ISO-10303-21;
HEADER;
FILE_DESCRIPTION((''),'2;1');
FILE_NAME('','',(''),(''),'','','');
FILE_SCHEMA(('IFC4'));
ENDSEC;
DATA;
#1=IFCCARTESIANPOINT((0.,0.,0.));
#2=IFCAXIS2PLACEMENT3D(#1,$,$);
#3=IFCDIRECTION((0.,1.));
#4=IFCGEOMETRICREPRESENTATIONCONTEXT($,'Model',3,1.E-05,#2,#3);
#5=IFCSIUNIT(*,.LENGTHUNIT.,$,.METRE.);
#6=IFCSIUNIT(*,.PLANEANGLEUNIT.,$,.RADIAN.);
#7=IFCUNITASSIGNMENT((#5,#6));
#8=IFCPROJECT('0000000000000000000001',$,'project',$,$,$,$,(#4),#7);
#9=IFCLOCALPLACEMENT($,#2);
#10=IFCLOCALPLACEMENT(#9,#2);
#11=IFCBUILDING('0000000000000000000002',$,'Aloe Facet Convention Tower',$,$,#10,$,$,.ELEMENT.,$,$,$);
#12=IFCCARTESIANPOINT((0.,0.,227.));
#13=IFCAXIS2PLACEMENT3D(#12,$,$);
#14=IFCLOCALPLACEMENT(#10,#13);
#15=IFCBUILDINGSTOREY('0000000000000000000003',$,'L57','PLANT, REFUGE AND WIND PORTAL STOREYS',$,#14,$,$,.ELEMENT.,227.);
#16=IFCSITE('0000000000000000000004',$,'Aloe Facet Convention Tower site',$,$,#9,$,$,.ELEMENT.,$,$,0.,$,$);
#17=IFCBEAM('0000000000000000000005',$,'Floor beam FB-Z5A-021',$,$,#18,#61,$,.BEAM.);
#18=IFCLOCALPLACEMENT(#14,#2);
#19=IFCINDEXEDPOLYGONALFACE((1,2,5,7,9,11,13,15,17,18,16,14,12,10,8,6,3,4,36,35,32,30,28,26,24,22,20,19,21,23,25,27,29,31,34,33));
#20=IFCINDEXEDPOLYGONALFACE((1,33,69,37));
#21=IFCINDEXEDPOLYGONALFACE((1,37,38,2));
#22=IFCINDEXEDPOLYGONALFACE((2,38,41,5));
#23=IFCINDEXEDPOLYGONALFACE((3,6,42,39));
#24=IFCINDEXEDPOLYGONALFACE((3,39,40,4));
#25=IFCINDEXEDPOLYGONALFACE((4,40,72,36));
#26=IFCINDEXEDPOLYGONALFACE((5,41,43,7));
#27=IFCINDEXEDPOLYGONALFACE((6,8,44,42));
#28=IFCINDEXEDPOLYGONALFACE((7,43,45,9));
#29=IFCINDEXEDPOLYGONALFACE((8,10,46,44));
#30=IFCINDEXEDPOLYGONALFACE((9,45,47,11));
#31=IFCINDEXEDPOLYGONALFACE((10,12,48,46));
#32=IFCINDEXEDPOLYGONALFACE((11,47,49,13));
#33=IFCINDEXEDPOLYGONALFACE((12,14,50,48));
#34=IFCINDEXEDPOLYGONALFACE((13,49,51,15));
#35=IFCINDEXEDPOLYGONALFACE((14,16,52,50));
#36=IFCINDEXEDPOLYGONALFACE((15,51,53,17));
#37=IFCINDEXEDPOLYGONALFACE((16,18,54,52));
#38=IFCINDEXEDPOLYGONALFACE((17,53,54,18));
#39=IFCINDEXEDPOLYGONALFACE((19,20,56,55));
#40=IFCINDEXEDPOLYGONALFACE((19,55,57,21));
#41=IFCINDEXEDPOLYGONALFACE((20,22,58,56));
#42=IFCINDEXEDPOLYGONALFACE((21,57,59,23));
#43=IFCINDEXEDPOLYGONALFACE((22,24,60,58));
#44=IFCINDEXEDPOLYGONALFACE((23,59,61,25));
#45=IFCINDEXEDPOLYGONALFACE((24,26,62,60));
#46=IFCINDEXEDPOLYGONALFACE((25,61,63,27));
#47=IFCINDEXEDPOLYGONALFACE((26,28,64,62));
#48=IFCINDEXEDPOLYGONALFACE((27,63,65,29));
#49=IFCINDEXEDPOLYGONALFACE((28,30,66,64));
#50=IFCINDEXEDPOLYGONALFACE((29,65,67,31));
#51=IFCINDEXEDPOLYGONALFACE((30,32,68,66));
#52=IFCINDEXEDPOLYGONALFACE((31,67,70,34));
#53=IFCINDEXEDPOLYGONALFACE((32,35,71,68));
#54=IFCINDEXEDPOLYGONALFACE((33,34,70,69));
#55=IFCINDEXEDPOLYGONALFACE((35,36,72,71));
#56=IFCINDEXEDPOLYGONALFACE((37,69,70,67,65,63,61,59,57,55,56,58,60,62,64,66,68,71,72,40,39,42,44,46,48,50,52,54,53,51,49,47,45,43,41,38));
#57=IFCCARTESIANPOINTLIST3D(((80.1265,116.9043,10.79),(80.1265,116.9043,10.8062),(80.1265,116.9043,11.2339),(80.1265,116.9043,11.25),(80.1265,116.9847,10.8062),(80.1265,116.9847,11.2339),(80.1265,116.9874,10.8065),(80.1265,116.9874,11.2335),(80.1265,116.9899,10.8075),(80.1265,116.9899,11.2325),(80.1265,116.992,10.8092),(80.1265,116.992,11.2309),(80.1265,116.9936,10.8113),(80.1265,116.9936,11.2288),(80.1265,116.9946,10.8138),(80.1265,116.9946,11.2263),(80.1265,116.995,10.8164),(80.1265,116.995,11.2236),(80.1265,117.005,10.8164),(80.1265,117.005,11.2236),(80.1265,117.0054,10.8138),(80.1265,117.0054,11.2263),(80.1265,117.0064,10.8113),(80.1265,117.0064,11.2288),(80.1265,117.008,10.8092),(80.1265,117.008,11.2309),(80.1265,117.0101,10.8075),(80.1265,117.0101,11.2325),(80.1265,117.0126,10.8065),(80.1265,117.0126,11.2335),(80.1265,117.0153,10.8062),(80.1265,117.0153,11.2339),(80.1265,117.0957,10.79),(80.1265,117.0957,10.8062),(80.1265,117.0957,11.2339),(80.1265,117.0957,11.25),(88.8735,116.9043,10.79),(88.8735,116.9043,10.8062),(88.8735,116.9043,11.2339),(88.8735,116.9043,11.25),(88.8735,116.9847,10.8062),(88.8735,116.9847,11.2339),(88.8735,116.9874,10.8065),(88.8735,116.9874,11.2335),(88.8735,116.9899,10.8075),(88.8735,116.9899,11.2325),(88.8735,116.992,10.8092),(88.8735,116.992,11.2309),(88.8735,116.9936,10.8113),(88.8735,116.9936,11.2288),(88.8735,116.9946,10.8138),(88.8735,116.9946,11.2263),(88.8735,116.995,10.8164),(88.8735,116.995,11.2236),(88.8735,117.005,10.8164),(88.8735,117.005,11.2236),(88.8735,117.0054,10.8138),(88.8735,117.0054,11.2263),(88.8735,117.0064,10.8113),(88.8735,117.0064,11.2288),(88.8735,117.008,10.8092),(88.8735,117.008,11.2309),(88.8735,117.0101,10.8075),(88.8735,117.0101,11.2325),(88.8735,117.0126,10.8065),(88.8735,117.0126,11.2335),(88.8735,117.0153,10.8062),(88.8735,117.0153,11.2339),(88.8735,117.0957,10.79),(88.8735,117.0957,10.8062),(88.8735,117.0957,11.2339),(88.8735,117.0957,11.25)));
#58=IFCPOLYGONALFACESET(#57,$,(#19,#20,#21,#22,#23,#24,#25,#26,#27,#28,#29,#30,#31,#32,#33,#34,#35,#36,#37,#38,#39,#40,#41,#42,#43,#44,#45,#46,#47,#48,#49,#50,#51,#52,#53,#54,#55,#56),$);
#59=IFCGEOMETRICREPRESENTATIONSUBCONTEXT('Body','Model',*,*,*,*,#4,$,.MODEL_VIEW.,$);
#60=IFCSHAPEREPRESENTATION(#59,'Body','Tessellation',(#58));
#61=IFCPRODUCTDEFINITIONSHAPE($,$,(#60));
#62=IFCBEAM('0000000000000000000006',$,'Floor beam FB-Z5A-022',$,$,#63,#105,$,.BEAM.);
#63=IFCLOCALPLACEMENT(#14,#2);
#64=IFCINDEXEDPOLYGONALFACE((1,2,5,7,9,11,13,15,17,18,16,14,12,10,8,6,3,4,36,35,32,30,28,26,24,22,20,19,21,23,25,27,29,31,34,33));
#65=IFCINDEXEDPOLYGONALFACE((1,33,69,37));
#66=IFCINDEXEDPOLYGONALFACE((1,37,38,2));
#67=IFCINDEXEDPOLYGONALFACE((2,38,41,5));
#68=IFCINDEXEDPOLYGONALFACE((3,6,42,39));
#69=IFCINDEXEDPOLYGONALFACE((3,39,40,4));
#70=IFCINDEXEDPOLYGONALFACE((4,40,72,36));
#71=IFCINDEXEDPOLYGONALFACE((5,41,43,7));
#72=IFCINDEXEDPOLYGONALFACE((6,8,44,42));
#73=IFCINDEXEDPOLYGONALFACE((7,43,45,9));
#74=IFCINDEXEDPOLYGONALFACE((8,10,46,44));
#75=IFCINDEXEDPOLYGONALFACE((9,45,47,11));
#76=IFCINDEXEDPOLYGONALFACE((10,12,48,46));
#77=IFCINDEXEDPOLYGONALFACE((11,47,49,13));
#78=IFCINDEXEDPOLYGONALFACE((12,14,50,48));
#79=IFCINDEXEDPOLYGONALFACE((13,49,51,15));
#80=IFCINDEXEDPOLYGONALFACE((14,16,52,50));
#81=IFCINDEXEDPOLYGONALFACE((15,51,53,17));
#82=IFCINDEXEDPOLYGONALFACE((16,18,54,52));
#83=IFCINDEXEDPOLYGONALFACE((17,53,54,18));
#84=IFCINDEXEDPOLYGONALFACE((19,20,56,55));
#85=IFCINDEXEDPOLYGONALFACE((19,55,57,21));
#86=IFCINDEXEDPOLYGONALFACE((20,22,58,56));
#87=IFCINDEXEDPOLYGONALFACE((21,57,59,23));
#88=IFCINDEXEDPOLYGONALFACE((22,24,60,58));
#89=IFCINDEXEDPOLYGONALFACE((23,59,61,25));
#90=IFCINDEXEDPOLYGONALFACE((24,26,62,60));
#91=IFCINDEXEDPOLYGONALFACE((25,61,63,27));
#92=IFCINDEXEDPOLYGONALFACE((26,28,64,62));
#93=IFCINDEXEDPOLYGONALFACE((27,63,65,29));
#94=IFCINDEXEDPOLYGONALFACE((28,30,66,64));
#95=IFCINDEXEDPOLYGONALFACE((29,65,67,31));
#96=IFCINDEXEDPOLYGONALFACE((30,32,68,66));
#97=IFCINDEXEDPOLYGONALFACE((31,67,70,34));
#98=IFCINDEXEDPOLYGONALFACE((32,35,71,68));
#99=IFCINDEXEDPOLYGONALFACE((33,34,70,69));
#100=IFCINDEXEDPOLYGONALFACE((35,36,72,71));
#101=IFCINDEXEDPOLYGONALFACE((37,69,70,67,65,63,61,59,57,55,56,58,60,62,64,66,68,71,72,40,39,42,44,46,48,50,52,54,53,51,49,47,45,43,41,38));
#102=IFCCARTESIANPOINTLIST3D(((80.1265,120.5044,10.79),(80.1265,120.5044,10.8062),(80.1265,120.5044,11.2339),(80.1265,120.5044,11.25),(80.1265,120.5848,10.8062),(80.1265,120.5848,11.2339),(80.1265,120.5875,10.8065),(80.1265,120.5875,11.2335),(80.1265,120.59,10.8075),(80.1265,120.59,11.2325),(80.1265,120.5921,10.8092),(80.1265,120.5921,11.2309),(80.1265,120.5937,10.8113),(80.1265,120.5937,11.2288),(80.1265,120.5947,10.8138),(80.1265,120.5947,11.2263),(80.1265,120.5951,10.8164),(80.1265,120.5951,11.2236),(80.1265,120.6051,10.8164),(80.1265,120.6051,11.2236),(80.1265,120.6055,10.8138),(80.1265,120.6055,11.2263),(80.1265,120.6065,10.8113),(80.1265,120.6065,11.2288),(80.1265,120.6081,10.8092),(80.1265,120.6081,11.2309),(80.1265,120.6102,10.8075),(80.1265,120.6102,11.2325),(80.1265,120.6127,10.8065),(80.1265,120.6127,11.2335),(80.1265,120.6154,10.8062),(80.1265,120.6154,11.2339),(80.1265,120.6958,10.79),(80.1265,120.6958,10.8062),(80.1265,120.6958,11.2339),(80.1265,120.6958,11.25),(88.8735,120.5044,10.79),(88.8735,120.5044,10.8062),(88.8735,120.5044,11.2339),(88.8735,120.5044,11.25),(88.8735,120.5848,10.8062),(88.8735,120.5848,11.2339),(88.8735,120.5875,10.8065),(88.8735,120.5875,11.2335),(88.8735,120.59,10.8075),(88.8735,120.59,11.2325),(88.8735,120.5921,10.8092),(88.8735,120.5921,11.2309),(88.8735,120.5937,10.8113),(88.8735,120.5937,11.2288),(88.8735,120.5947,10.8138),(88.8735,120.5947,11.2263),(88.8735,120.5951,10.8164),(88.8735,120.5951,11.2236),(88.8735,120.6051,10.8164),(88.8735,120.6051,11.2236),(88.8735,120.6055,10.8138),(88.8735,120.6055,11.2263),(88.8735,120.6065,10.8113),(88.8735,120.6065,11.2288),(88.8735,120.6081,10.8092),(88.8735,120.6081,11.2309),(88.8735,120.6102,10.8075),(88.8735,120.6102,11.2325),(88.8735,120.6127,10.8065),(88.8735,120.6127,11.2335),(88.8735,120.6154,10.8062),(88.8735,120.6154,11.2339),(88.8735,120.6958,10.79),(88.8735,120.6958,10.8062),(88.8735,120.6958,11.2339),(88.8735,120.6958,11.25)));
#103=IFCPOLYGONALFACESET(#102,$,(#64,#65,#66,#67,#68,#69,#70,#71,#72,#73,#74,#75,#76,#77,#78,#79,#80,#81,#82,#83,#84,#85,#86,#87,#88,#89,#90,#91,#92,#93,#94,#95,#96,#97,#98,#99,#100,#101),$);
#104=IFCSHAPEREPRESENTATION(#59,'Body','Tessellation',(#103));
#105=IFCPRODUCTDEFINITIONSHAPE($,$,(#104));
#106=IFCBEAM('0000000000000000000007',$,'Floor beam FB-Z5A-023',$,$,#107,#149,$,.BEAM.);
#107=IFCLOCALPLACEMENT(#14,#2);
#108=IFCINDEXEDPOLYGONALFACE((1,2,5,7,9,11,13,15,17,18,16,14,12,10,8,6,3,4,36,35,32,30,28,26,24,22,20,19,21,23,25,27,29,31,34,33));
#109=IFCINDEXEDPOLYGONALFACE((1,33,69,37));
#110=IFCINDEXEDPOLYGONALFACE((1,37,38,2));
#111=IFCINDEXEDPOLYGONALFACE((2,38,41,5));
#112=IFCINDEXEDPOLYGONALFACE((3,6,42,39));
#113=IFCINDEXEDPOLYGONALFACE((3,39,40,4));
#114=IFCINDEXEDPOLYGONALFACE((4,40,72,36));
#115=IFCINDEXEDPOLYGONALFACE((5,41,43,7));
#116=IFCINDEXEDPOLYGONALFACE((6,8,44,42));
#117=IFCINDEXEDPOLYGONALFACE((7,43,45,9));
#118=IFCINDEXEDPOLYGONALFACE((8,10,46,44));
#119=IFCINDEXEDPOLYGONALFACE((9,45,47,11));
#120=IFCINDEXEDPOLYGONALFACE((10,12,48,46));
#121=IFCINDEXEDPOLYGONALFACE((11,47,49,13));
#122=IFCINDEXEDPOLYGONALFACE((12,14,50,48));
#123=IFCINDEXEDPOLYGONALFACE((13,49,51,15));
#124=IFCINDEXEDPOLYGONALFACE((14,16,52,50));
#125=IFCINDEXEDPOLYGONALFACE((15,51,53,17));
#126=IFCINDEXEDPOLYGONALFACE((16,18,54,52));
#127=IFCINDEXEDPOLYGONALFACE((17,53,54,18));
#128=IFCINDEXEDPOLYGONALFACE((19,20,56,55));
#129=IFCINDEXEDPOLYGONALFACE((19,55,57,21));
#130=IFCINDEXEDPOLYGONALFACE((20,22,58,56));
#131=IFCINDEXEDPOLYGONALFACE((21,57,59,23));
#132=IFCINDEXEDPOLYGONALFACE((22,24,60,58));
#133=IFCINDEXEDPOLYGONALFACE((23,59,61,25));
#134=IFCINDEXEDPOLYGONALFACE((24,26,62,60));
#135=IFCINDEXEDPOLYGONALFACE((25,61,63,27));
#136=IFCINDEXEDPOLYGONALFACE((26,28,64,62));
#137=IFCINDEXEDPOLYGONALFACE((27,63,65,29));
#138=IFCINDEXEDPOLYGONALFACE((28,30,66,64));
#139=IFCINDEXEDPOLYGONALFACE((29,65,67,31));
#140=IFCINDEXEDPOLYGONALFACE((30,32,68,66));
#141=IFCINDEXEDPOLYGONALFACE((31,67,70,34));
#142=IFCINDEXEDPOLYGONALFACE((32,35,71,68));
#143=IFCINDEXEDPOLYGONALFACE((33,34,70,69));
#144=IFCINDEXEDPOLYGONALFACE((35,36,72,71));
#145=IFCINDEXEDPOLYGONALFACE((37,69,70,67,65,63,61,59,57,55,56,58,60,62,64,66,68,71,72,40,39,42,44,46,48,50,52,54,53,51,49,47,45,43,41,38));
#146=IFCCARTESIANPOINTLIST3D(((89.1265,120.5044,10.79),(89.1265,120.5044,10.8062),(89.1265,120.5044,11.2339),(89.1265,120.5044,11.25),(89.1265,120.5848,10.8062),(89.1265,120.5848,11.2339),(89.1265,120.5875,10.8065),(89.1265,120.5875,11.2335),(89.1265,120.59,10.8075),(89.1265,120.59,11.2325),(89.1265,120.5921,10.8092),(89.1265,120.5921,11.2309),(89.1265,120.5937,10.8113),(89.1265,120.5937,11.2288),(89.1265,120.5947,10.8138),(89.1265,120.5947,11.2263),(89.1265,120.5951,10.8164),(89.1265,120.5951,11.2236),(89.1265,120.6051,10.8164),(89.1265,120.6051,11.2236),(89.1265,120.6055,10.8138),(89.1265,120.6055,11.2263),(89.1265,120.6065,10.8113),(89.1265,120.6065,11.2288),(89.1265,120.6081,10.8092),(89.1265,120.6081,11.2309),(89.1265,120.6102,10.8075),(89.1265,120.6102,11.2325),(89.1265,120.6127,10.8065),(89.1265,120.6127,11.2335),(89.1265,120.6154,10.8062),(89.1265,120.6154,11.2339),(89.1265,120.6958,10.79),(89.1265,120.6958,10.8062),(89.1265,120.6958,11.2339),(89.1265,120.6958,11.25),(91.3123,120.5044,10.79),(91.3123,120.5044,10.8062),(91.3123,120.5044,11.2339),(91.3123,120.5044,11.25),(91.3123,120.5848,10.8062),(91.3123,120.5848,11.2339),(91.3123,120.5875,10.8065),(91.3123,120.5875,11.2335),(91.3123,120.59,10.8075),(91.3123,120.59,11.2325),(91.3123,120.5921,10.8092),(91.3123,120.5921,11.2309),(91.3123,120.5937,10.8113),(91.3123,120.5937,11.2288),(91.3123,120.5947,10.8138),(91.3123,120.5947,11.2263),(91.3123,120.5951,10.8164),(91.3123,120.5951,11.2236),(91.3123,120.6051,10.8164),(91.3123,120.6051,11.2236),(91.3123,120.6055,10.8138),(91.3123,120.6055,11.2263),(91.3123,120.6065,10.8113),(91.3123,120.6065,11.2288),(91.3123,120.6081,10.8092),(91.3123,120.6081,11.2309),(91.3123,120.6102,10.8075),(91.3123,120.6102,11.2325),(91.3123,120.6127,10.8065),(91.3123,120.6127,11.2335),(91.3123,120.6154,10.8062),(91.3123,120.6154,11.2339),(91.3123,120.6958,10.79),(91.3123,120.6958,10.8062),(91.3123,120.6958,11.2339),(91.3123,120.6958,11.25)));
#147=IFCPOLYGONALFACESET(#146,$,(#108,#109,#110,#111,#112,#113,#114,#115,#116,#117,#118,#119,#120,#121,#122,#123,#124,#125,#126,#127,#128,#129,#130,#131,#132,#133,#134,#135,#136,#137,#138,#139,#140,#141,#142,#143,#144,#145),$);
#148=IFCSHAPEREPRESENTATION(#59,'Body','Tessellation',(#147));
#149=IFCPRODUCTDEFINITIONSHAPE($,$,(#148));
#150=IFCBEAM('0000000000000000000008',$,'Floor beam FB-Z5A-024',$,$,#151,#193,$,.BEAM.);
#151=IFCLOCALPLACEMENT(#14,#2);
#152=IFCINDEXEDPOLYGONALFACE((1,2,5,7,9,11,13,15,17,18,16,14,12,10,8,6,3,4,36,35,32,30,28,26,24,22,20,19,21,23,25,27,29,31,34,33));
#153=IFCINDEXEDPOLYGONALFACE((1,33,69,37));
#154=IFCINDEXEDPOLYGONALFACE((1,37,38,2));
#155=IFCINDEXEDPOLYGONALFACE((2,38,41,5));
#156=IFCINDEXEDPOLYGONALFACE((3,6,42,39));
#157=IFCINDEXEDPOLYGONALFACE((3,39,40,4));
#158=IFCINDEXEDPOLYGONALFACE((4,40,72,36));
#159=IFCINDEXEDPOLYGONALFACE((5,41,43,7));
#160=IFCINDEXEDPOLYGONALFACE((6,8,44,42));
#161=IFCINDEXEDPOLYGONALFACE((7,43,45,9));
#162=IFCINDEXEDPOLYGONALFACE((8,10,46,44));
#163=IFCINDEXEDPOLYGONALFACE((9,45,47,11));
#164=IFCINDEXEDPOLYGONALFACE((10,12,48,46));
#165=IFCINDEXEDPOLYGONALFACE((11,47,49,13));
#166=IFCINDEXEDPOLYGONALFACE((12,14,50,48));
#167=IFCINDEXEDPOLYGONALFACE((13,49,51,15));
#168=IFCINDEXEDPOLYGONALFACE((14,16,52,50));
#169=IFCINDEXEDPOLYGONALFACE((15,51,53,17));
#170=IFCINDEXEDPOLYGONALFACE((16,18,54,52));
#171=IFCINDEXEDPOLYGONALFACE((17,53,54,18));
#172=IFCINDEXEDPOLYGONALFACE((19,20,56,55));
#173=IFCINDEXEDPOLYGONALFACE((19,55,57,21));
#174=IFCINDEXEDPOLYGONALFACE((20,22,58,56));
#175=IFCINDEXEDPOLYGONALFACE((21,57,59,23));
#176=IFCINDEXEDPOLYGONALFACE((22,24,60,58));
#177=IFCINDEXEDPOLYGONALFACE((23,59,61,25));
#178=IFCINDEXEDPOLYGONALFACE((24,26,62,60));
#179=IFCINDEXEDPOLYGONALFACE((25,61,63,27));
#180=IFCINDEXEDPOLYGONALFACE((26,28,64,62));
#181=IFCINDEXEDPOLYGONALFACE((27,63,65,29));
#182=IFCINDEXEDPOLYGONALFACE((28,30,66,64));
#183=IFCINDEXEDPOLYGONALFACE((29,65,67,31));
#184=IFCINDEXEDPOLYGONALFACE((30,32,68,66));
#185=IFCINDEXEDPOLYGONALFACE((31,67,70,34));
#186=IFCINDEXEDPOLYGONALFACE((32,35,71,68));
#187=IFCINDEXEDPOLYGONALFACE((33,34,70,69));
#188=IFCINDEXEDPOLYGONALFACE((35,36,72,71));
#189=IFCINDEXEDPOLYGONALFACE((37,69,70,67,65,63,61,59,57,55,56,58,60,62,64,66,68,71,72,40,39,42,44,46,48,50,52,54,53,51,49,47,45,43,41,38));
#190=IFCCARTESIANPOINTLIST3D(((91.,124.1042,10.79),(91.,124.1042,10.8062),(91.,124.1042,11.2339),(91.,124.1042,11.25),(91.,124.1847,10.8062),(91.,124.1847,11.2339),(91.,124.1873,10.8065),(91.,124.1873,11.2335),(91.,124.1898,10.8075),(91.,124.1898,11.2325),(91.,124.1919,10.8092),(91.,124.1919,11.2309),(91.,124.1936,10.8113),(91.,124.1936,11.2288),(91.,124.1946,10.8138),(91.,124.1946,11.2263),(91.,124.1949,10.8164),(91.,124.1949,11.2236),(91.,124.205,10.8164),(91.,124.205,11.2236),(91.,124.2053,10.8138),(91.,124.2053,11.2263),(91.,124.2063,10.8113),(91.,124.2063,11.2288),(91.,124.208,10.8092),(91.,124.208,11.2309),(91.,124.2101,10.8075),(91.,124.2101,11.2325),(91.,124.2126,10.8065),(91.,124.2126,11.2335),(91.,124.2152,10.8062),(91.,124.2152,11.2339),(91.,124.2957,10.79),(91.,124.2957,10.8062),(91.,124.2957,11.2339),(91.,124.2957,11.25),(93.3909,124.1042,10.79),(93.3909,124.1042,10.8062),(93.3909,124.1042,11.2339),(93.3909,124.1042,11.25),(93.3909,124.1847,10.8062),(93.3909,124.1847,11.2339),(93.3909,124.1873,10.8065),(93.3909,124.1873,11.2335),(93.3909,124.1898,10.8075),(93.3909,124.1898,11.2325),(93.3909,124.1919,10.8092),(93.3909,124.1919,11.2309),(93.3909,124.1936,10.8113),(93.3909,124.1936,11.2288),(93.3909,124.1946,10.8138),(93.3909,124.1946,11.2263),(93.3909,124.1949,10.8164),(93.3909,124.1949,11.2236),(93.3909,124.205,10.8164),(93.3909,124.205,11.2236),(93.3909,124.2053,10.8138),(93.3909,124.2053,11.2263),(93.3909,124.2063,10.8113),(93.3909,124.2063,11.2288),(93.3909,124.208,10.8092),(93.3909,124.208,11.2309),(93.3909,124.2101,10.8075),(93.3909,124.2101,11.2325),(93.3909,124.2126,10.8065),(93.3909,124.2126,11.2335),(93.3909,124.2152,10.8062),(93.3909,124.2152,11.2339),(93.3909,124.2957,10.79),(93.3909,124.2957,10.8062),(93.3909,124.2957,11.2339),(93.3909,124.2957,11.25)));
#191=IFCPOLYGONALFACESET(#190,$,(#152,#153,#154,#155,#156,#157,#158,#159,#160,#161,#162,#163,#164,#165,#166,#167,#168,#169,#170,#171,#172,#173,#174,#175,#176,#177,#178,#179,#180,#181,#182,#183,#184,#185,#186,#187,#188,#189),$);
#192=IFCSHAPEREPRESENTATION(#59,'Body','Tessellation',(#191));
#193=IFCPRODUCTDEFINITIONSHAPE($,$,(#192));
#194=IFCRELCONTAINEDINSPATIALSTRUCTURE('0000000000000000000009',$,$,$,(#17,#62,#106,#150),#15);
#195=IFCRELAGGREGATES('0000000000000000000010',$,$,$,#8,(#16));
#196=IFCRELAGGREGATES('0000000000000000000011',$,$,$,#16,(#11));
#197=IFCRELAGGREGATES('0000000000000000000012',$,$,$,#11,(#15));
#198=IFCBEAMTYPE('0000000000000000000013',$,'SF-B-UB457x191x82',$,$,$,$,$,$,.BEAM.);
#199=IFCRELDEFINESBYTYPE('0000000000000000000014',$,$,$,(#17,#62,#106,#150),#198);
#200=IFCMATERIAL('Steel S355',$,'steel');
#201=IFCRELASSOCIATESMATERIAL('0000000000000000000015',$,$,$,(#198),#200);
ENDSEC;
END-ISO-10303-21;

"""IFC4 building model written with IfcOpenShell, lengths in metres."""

from ifc_helpers import new_model, si_unit, direction, frame, origin, origin_2d, place, context, subcontext, project, spatial, i_section, extrude, material, material_profile, profile_set, type_object, element, save


model = new_model("IFC4")

# Units and contexts
model_context = context("Model", 3, precision=1e-05, world=origin(), true_north=direction((0.0, 1.0)))
body_context = subcontext(model_context, "Body", "Model", "MODEL_VIEW")
ifc_project = project(units=[si_unit("LENGTHUNIT", "METRE"), si_unit("PLANEANGLEUNIT", "RADIAN")], contexts=[model_context])

# Site, building, storey
site_placement = place(None, origin())
site = spatial("IfcSite", under=ifc_project, at=site_placement, Name="Aloe Facet Convention Tower site", CompositionType="ELEMENT", RefElevation=0.0)
building_placement = place(site_placement, origin())
building = spatial("IfcBuilding", under=site, at=building_placement, Name="Aloe Facet Convention Tower", CompositionType="ELEMENT")
storey_placement = place(building_placement, frame((0.0, 0.0, 227.0)))
storey = spatial("IfcBuildingStorey", under=building, at=storey_placement, Name="L57", Description="PLANT, REFUGE AND WIND PORTAL STOREYS", CompositionType="ELEMENT", Elevation=227.0)

# Beams
ifc_material_1 = material(Name="Steel S355", Category="steel")
ifc_material_profile_1 = material_profile(ifc_material_1, i_section(OverallWidth=0.1914, OverallDepth=0.46, WebThickness=0.01, FlangeThickness=0.0161, FilletRadius=0.0103, at=origin_2d()), Name="UB 457x191x82")
ifc_profile_set_1 = profile_set([ifc_material_profile_1], Name="Steel S355")
beam_type_1 = type_object("IfcBeamType", Name="SF-B-UB457x191x82", PredefinedType="BEAM", material=ifc_profile_set_1)
for number, where, z_axis, x_axis, name in (
    (1, (80.1265, 117.0, 11.02), (1.0, 0.0, 0.0), (0.0, 1.0, 0.0), "Floor beam FB-Z5A-021"),
    (2, (80.1265, 120.6001, 11.02), (1.0, 0.0, 0.0), (0.0, 1.0, 0.0), "Floor beam FB-Z5A-022"),
):
    element("IfcBeam", number, at=place(storey_placement, frame(where, z_axis=z_axis, x_axis=x_axis)), inside=storey, type_object=beam_type_1, Name=name, PredefinedType="BEAM", context=body_context, shape_type="SweptSolid", body=[
        extrude(i_section(OverallWidth=0.1914, OverallDepth=0.46, WebThickness=0.01, FlangeThickness=0.0161, FilletRadius=0.0103, at=origin_2d()), origin(), (0.0, 0.0, 1.0), 8.7471),
    ])
beam_1_placement = place(storey_placement, frame((89.1265, 120.6001, 11.02), z_axis=(1.0, 0.0, 0.0), x_axis=(0.0, 1.0, 0.0)))
element("IfcBeam", 3, at=beam_1_placement, inside=storey, type_object=beam_type_1, Name="Floor beam FB-Z5A-023", PredefinedType="BEAM", context=body_context, shape_type="SweptSolid", body=[
    extrude(i_section(OverallWidth=0.1914, OverallDepth=0.46, WebThickness=0.01, FlangeThickness=0.0161, FilletRadius=0.0103, at=origin_2d()), origin(), (0.0, 0.0, 1.0), 2.1858),
])
beam_2_placement = place(storey_placement, frame((91.0, 124.2, 11.02), z_axis=(1.0, 0.0, 0.0), x_axis=(0.0, 1.0, 0.0)))
element("IfcBeam", 4, at=beam_2_placement, inside=storey, type_object=beam_type_1, Name="Floor beam FB-Z5A-024", PredefinedType="BEAM", context=body_context, shape_type="SweptSolid", body=[
    extrude(i_section(OverallWidth=0.1914, OverallDepth=0.46, WebThickness=0.01, FlangeThickness=0.0161, FilletRadius=0.0103, at=origin_2d()), origin(), (0.0, 0.0, 1.0), 2.3909),
])

save(model, "model.ifc")
